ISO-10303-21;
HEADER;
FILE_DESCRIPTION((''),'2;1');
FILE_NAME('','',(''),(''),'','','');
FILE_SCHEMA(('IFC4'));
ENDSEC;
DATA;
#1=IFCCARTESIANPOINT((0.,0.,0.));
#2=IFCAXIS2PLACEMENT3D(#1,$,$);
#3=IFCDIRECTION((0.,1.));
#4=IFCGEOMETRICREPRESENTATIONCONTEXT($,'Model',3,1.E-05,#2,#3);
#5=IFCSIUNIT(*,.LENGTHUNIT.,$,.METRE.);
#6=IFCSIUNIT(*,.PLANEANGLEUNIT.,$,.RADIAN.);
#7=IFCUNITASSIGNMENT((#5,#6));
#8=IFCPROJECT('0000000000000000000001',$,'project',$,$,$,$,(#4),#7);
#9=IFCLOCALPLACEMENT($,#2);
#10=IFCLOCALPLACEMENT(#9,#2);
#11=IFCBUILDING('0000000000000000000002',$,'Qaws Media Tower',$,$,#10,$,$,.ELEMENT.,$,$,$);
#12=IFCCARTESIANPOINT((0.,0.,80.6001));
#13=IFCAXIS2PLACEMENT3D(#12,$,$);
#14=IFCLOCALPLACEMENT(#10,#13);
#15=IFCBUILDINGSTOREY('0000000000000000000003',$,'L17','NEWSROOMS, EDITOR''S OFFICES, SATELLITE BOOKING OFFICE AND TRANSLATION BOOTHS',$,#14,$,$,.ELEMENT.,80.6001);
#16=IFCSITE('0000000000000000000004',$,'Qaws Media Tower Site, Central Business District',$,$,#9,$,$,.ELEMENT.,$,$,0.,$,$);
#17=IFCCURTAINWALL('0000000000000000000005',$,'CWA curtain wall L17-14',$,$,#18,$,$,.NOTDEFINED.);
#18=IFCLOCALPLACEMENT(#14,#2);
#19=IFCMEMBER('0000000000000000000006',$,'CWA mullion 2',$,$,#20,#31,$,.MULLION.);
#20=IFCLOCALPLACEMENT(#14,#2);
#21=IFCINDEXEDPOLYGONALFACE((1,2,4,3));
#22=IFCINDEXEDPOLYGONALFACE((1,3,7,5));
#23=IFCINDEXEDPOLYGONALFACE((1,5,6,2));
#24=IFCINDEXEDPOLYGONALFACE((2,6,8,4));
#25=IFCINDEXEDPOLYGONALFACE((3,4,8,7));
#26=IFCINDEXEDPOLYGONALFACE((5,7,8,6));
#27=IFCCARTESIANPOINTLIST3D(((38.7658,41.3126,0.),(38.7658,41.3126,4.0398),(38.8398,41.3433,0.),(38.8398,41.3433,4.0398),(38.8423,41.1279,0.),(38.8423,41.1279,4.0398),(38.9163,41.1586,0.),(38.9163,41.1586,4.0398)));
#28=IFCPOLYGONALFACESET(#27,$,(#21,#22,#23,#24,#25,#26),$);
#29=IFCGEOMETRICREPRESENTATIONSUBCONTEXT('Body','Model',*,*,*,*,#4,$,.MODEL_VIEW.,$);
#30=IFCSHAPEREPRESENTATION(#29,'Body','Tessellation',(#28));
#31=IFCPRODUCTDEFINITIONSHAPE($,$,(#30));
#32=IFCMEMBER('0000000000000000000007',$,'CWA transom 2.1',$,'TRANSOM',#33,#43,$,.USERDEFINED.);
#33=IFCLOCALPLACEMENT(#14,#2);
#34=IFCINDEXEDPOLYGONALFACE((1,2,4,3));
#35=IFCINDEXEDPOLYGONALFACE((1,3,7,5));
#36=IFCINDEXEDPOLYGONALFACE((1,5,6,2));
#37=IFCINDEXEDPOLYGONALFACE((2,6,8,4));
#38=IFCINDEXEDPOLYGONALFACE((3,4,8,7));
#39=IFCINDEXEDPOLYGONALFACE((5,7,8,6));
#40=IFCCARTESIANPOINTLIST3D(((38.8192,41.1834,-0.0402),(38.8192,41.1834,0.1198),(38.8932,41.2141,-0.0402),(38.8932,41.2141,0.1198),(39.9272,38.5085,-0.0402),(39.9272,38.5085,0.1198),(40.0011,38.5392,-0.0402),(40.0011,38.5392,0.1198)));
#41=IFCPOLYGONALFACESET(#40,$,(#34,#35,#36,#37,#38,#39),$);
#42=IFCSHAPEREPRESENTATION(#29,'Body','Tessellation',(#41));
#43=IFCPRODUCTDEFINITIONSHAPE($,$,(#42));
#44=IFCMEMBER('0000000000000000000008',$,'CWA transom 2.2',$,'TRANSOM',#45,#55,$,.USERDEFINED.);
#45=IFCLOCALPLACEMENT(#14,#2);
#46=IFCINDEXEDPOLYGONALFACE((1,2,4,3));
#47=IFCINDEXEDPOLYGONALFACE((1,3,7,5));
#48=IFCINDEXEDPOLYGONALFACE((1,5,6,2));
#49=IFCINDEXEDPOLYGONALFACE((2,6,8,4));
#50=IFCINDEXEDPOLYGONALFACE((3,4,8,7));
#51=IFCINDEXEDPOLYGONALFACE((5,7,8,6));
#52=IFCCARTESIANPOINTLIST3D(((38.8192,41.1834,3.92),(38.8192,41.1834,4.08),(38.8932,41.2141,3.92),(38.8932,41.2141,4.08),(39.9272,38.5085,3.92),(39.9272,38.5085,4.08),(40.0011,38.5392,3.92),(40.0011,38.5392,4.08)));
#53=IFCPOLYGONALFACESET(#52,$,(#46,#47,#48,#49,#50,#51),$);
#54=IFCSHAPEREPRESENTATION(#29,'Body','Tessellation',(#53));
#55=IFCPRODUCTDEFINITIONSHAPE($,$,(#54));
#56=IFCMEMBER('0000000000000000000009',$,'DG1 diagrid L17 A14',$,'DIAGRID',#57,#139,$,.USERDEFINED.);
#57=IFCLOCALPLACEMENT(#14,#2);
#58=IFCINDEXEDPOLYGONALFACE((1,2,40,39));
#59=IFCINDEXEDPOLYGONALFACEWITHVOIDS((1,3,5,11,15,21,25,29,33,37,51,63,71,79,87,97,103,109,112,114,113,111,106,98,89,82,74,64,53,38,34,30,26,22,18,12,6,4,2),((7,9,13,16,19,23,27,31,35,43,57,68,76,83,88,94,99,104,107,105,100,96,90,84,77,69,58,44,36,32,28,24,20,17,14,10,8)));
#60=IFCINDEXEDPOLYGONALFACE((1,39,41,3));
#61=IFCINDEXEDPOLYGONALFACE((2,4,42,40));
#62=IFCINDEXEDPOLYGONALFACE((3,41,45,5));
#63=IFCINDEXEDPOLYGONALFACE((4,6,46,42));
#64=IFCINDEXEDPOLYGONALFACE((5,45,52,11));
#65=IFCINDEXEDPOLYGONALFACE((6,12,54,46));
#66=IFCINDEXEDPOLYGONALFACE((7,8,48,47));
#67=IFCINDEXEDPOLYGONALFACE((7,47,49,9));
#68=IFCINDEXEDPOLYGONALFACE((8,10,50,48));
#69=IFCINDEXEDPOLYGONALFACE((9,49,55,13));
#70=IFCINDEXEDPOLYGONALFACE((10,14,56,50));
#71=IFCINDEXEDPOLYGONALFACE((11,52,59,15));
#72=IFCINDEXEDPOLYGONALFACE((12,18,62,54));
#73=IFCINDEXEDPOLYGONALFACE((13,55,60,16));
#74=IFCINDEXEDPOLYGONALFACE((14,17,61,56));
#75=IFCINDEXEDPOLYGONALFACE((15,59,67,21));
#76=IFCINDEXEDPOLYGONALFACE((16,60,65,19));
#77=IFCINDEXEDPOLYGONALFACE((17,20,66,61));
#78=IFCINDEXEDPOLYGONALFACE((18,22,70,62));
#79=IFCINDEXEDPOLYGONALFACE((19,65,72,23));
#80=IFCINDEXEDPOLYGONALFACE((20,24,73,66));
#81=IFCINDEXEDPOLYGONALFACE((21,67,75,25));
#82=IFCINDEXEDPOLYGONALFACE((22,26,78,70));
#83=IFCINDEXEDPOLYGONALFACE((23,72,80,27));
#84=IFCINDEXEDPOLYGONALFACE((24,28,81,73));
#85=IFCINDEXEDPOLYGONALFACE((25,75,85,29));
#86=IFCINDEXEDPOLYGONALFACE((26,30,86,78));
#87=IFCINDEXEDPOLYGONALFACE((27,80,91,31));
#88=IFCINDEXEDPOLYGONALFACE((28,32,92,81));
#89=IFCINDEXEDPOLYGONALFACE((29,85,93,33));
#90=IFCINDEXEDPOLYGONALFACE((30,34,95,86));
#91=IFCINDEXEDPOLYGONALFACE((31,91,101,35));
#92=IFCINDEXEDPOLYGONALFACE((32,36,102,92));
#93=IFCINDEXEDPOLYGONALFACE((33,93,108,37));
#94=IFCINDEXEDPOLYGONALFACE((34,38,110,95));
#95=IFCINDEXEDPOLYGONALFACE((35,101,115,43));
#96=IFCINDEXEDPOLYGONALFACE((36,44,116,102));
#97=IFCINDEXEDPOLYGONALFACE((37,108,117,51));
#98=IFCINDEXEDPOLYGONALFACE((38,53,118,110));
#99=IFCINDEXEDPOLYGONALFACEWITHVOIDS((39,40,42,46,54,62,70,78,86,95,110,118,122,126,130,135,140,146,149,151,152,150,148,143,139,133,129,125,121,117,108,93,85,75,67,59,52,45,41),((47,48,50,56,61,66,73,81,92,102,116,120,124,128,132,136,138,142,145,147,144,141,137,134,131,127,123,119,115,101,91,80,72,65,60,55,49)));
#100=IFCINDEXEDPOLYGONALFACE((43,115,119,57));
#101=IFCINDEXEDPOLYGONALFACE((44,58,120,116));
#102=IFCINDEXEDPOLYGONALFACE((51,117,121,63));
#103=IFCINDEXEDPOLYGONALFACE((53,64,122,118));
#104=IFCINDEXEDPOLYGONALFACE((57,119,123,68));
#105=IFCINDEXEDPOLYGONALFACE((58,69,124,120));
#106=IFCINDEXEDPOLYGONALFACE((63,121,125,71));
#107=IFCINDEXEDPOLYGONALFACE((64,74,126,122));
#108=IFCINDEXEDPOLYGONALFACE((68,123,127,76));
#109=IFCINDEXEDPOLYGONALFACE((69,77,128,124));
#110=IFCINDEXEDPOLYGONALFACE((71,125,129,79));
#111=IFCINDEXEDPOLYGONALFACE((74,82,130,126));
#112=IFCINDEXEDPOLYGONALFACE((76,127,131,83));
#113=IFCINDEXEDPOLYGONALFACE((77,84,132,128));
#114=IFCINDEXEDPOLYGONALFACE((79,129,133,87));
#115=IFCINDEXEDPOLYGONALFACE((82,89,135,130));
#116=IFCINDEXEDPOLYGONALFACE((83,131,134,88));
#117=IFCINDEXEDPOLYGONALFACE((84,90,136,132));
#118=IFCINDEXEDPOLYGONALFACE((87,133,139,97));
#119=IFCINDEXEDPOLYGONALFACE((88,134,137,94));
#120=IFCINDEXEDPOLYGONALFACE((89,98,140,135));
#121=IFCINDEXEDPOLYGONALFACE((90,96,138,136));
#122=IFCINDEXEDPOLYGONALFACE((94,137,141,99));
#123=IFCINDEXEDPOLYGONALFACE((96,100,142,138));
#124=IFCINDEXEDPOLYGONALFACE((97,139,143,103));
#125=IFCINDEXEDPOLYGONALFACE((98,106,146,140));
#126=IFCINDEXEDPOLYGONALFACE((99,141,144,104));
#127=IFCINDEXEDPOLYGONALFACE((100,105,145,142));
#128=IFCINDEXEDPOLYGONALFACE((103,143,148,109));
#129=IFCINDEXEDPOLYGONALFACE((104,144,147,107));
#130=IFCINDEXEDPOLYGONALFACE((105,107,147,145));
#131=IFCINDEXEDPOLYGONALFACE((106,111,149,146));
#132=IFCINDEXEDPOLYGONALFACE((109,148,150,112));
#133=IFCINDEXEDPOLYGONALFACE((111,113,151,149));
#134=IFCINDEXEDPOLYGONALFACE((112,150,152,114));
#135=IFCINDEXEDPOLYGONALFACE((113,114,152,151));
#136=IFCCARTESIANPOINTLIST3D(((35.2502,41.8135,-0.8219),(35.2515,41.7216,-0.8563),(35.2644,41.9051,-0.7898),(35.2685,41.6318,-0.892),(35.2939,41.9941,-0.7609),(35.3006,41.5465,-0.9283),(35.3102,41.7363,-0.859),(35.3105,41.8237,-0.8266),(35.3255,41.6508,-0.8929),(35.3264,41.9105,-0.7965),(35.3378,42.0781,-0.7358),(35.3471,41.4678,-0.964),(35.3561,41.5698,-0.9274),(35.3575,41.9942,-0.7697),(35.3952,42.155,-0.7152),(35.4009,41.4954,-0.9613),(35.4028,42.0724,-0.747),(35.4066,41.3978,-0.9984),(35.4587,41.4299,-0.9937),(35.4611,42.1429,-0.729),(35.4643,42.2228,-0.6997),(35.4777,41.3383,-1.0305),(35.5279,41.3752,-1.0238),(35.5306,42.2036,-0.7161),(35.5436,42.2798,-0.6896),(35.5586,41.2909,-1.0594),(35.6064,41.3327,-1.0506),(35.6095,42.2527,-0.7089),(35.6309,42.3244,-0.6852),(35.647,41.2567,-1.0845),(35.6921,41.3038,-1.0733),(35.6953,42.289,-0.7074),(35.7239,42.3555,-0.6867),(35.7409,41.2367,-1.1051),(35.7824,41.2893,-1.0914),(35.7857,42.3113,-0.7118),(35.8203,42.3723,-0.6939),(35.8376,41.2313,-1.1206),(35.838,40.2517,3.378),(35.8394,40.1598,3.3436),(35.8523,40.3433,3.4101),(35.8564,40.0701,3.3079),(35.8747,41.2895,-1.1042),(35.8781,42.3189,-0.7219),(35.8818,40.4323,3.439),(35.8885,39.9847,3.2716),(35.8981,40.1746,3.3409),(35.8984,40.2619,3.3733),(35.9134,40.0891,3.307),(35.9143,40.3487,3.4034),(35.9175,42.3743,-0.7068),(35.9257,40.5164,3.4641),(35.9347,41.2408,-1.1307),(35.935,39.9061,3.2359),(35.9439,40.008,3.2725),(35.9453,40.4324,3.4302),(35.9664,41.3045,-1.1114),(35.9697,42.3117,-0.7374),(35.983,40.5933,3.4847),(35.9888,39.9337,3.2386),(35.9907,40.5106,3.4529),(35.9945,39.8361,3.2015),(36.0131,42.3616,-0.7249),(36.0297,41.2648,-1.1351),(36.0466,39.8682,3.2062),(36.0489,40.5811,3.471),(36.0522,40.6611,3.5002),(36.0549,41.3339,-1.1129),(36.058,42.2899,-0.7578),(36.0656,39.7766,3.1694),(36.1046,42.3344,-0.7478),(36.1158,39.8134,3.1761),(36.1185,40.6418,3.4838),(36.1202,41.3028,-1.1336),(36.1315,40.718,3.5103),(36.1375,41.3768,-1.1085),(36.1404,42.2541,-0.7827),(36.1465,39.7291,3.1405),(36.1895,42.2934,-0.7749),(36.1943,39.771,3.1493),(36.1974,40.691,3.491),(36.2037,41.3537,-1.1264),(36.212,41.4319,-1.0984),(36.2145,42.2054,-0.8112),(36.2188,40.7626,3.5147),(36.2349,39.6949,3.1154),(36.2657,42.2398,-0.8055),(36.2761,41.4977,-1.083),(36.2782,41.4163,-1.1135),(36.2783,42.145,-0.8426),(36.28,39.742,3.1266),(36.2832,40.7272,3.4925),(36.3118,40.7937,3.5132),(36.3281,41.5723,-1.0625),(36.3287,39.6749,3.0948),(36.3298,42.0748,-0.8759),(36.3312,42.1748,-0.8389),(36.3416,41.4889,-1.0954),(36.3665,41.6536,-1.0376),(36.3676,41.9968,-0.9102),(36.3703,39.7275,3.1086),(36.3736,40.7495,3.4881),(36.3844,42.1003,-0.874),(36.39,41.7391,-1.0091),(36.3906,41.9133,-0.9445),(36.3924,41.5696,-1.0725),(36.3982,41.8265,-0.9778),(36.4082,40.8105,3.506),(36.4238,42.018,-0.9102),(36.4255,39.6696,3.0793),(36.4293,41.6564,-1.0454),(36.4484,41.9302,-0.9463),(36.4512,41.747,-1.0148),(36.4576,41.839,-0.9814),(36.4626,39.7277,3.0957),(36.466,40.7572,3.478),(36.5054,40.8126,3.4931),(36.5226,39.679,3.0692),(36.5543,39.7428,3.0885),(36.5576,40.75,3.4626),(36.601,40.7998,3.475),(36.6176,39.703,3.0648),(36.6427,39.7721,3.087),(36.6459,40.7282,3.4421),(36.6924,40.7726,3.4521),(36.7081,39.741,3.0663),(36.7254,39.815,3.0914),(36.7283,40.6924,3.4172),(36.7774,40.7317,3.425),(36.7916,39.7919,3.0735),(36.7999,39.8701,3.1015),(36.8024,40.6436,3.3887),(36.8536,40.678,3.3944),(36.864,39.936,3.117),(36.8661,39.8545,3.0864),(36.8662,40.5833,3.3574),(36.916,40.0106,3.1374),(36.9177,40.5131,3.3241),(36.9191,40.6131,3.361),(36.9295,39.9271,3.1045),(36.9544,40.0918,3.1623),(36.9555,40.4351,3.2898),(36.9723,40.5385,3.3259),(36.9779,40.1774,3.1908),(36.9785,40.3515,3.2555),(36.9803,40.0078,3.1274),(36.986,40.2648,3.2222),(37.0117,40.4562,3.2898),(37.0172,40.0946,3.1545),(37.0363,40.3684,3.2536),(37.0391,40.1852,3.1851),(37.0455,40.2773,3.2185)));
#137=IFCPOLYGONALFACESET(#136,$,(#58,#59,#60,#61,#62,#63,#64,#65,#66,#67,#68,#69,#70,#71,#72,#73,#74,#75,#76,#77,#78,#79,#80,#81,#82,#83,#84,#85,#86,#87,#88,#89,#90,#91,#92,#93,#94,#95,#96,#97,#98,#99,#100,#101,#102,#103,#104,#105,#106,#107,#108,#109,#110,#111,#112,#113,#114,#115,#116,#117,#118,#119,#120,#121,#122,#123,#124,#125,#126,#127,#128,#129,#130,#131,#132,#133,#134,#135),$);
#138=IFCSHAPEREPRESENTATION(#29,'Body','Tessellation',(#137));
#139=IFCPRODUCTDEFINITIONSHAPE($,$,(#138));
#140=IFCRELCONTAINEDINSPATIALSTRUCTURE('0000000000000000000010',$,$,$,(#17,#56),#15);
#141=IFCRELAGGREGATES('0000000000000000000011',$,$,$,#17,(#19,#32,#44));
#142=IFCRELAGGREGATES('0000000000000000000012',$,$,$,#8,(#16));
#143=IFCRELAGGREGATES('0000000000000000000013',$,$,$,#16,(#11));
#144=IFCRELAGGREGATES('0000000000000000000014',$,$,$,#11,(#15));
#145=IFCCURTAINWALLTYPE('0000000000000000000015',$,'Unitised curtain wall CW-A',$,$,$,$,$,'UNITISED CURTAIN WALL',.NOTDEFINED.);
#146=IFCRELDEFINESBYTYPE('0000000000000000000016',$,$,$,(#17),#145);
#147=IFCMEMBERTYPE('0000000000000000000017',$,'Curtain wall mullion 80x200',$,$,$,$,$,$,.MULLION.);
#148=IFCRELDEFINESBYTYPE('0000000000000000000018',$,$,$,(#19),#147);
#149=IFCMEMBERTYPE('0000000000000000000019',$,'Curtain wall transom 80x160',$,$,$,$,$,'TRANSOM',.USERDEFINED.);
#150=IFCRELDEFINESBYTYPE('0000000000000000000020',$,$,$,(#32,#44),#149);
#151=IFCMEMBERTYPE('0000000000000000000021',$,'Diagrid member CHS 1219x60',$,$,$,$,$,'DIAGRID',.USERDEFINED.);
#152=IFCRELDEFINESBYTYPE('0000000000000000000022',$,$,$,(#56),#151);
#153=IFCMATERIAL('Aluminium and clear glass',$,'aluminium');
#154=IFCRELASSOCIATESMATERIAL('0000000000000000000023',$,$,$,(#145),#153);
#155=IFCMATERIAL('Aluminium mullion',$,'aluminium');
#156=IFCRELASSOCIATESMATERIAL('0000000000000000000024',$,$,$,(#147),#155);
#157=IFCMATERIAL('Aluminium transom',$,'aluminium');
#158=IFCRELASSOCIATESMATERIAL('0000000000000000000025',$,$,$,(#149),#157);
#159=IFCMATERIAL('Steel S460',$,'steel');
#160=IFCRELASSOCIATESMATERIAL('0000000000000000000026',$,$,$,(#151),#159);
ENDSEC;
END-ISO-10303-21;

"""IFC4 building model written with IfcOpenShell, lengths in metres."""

from ifc_helpers import new_model, si_unit, direction, frame, origin, origin_2d, place, context, subcontext, project, spatial, rectangle, hollow_circle, extrude, material, material_profile, profile_set, type_object, element, aggregate, save


model = new_model("IFC4")

# Units and contexts
model_context = context("Model", 3, precision=1e-05, world=origin(), true_north=direction((0.0, 1.0)))
body_context = subcontext(model_context, "Body", "Model", "MODEL_VIEW")
ifc_project = project(units=[si_unit("LENGTHUNIT", "METRE"), si_unit("PLANEANGLEUNIT", "RADIAN")], contexts=[model_context])

# Site, building, storey
site_placement = place(None, origin())
site = spatial("IfcSite", under=ifc_project, at=site_placement, Name="Qaws Media Tower Site, Central Business District", CompositionType="ELEMENT", RefElevation=0.0)
building_placement = place(site_placement, origin())
building = spatial("IfcBuilding", under=site, at=building_placement, Name="Qaws Media Tower", CompositionType="ELEMENT")
storey_placement = place(building_placement, frame((0.0, 0.0, 80.6001)))
storey = spatial("IfcBuildingStorey", under=building, at=storey_placement, Name="L17", Description="NEWSROOMS, EDITOR'S OFFICES, SATELLITE BOOKING OFFICE AND TRANSLATION BOOTHS", CompositionType="ELEMENT", Elevation=80.6001)

# Curtain wall, members
ifc_material_1 = material(Name="Aluminium and clear glass", Category="aluminium")
curtain_wall_type = type_object("IfcCurtainWallType", Name="Unitised curtain wall CW-A", ElementType="UNITISED CURTAIN WALL", PredefinedType="NOTDEFINED", material=ifc_material_1)
curtain_wall_placement = place(storey_placement, origin())
curtain_wall = element("IfcCurtainWall", 1, at=curtain_wall_placement, inside=storey, type_object=curtain_wall_type, Name="CWA curtain wall L17-14", PredefinedType="NOTDEFINED")
ifc_material_2 = material(Name="Aluminium mullion", Category="aluminium")
ifc_material_profile_1 = material_profile(ifc_material_2, rectangle(XDim=0.0801, YDim=0.2, at=origin_2d()), Name="80x200")
ifc_profile_set_1 = profile_set([ifc_material_profile_1], Name="Aluminium mullion")
member_type_1 = type_object("IfcMemberType", Name="Curtain wall mullion 80x200", PredefinedType="MULLION", material=ifc_profile_set_1)
member_1_placement = place(storey_placement, frame((38.8411, 41.2356, 0.0), z_axis=(0.0, 0.0, 1.0), x_axis=(0.92388, 0.382683, 0.0)))
member_1 = element("IfcMember", 2, at=member_1_placement, type_object=member_type_1, Name="CWA mullion 2", PredefinedType="MULLION", context=body_context, shape_type="SweptSolid", body=[
    extrude(rectangle(XDim=0.0801, YDim=0.2, at=origin_2d()), origin(), (0.0, 0.0, 1.0), 4.0398),
])
ifc_material_3 = material(Name="Aluminium transom", Category="aluminium")
ifc_material_profile_2 = material_profile(ifc_material_3, rectangle(XDim=0.0801, YDim=0.1599, at=origin_2d()), Name="80x160")
ifc_profile_set_2 = profile_set([ifc_material_profile_2], Name="Aluminium transom")
member_type_2 = type_object("IfcMemberType", Name="Curtain wall transom 80x160", ElementType="TRANSOM", PredefinedType="USERDEFINED", material=ifc_profile_set_2)
member_2_placement = place(storey_placement, frame((38.8562, 41.1987, 0.0398), z_axis=(0.382675, -0.923883, 0.0), x_axis=(0.923883, 0.382675, 0.0)))
member_2 = element("IfcMember", 3, at=member_2_placement, type_object=member_type_2, Name="CWA transom 2.1", ObjectType="TRANSOM", PredefinedType="USERDEFINED", context=body_context, shape_type="SweptSolid", body=[
    extrude(rectangle(XDim=0.0801, YDim=0.1599, at=origin_2d()), origin(), (0.0, 0.0, 1.0), 2.8953),
])
member_3_placement = place(storey_placement, frame((38.8562, 41.1987, 4.0), z_axis=(0.382675, -0.923883, 0.0), x_axis=(0.923883, 0.382675, 0.0)))
member_3 = element("IfcMember", 4, at=member_3_placement, type_object=member_type_2, Name="CWA transom 2.2", ObjectType="TRANSOM", PredefinedType="USERDEFINED", context=body_context, shape_type="SweptSolid", body=[
    extrude(rectangle(XDim=0.0801, YDim=0.1599, at=origin_2d()), origin(), (0.0, 0.0, 1.0), 2.8953),
])

# Member
ifc_material_4 = material(Name="Steel S460", Category="steel")
ifc_material_profile_3 = material_profile(ifc_material_4, hollow_circle(Radius=0.6096, WallThickness=0.0601, at=origin_2d()), Name="CHS 1219x60")
ifc_profile_set_3 = profile_set([ifc_material_profile_3], Name="Steel S460")
member_type_3 = type_object("IfcMemberType", Name="Diagrid member CHS 1219x60", ElementType="DIAGRID", PredefinedType="USERDEFINED", material=ifc_profile_set_3)
for number, where, z_axis, x_axis, name in (
    (5, (35.8533, 41.8032, -0.9102), (0.130084, -0.345575, 0.929331), (0.93589, 0.352294, 0.0), "DG1 diagrid L17 A14"),
):
    element("IfcMember", number, at=place(storey_placement, frame(where, z_axis=z_axis, x_axis=x_axis)), inside=storey, type_object=member_type_3, Name=name, ObjectType="DIAGRID", PredefinedType="USERDEFINED", context=body_context, shape_type="SweptSolid", body=[
        extrude(hollow_circle(Radius=0.6096, WallThickness=0.0601, at=origin_2d()), origin(), (0.0, 0.0, 1.0), 4.5193),
    ])

aggregate(curtain_wall, [member_1, member_2, member_3])

save(model, "model.ifc")
